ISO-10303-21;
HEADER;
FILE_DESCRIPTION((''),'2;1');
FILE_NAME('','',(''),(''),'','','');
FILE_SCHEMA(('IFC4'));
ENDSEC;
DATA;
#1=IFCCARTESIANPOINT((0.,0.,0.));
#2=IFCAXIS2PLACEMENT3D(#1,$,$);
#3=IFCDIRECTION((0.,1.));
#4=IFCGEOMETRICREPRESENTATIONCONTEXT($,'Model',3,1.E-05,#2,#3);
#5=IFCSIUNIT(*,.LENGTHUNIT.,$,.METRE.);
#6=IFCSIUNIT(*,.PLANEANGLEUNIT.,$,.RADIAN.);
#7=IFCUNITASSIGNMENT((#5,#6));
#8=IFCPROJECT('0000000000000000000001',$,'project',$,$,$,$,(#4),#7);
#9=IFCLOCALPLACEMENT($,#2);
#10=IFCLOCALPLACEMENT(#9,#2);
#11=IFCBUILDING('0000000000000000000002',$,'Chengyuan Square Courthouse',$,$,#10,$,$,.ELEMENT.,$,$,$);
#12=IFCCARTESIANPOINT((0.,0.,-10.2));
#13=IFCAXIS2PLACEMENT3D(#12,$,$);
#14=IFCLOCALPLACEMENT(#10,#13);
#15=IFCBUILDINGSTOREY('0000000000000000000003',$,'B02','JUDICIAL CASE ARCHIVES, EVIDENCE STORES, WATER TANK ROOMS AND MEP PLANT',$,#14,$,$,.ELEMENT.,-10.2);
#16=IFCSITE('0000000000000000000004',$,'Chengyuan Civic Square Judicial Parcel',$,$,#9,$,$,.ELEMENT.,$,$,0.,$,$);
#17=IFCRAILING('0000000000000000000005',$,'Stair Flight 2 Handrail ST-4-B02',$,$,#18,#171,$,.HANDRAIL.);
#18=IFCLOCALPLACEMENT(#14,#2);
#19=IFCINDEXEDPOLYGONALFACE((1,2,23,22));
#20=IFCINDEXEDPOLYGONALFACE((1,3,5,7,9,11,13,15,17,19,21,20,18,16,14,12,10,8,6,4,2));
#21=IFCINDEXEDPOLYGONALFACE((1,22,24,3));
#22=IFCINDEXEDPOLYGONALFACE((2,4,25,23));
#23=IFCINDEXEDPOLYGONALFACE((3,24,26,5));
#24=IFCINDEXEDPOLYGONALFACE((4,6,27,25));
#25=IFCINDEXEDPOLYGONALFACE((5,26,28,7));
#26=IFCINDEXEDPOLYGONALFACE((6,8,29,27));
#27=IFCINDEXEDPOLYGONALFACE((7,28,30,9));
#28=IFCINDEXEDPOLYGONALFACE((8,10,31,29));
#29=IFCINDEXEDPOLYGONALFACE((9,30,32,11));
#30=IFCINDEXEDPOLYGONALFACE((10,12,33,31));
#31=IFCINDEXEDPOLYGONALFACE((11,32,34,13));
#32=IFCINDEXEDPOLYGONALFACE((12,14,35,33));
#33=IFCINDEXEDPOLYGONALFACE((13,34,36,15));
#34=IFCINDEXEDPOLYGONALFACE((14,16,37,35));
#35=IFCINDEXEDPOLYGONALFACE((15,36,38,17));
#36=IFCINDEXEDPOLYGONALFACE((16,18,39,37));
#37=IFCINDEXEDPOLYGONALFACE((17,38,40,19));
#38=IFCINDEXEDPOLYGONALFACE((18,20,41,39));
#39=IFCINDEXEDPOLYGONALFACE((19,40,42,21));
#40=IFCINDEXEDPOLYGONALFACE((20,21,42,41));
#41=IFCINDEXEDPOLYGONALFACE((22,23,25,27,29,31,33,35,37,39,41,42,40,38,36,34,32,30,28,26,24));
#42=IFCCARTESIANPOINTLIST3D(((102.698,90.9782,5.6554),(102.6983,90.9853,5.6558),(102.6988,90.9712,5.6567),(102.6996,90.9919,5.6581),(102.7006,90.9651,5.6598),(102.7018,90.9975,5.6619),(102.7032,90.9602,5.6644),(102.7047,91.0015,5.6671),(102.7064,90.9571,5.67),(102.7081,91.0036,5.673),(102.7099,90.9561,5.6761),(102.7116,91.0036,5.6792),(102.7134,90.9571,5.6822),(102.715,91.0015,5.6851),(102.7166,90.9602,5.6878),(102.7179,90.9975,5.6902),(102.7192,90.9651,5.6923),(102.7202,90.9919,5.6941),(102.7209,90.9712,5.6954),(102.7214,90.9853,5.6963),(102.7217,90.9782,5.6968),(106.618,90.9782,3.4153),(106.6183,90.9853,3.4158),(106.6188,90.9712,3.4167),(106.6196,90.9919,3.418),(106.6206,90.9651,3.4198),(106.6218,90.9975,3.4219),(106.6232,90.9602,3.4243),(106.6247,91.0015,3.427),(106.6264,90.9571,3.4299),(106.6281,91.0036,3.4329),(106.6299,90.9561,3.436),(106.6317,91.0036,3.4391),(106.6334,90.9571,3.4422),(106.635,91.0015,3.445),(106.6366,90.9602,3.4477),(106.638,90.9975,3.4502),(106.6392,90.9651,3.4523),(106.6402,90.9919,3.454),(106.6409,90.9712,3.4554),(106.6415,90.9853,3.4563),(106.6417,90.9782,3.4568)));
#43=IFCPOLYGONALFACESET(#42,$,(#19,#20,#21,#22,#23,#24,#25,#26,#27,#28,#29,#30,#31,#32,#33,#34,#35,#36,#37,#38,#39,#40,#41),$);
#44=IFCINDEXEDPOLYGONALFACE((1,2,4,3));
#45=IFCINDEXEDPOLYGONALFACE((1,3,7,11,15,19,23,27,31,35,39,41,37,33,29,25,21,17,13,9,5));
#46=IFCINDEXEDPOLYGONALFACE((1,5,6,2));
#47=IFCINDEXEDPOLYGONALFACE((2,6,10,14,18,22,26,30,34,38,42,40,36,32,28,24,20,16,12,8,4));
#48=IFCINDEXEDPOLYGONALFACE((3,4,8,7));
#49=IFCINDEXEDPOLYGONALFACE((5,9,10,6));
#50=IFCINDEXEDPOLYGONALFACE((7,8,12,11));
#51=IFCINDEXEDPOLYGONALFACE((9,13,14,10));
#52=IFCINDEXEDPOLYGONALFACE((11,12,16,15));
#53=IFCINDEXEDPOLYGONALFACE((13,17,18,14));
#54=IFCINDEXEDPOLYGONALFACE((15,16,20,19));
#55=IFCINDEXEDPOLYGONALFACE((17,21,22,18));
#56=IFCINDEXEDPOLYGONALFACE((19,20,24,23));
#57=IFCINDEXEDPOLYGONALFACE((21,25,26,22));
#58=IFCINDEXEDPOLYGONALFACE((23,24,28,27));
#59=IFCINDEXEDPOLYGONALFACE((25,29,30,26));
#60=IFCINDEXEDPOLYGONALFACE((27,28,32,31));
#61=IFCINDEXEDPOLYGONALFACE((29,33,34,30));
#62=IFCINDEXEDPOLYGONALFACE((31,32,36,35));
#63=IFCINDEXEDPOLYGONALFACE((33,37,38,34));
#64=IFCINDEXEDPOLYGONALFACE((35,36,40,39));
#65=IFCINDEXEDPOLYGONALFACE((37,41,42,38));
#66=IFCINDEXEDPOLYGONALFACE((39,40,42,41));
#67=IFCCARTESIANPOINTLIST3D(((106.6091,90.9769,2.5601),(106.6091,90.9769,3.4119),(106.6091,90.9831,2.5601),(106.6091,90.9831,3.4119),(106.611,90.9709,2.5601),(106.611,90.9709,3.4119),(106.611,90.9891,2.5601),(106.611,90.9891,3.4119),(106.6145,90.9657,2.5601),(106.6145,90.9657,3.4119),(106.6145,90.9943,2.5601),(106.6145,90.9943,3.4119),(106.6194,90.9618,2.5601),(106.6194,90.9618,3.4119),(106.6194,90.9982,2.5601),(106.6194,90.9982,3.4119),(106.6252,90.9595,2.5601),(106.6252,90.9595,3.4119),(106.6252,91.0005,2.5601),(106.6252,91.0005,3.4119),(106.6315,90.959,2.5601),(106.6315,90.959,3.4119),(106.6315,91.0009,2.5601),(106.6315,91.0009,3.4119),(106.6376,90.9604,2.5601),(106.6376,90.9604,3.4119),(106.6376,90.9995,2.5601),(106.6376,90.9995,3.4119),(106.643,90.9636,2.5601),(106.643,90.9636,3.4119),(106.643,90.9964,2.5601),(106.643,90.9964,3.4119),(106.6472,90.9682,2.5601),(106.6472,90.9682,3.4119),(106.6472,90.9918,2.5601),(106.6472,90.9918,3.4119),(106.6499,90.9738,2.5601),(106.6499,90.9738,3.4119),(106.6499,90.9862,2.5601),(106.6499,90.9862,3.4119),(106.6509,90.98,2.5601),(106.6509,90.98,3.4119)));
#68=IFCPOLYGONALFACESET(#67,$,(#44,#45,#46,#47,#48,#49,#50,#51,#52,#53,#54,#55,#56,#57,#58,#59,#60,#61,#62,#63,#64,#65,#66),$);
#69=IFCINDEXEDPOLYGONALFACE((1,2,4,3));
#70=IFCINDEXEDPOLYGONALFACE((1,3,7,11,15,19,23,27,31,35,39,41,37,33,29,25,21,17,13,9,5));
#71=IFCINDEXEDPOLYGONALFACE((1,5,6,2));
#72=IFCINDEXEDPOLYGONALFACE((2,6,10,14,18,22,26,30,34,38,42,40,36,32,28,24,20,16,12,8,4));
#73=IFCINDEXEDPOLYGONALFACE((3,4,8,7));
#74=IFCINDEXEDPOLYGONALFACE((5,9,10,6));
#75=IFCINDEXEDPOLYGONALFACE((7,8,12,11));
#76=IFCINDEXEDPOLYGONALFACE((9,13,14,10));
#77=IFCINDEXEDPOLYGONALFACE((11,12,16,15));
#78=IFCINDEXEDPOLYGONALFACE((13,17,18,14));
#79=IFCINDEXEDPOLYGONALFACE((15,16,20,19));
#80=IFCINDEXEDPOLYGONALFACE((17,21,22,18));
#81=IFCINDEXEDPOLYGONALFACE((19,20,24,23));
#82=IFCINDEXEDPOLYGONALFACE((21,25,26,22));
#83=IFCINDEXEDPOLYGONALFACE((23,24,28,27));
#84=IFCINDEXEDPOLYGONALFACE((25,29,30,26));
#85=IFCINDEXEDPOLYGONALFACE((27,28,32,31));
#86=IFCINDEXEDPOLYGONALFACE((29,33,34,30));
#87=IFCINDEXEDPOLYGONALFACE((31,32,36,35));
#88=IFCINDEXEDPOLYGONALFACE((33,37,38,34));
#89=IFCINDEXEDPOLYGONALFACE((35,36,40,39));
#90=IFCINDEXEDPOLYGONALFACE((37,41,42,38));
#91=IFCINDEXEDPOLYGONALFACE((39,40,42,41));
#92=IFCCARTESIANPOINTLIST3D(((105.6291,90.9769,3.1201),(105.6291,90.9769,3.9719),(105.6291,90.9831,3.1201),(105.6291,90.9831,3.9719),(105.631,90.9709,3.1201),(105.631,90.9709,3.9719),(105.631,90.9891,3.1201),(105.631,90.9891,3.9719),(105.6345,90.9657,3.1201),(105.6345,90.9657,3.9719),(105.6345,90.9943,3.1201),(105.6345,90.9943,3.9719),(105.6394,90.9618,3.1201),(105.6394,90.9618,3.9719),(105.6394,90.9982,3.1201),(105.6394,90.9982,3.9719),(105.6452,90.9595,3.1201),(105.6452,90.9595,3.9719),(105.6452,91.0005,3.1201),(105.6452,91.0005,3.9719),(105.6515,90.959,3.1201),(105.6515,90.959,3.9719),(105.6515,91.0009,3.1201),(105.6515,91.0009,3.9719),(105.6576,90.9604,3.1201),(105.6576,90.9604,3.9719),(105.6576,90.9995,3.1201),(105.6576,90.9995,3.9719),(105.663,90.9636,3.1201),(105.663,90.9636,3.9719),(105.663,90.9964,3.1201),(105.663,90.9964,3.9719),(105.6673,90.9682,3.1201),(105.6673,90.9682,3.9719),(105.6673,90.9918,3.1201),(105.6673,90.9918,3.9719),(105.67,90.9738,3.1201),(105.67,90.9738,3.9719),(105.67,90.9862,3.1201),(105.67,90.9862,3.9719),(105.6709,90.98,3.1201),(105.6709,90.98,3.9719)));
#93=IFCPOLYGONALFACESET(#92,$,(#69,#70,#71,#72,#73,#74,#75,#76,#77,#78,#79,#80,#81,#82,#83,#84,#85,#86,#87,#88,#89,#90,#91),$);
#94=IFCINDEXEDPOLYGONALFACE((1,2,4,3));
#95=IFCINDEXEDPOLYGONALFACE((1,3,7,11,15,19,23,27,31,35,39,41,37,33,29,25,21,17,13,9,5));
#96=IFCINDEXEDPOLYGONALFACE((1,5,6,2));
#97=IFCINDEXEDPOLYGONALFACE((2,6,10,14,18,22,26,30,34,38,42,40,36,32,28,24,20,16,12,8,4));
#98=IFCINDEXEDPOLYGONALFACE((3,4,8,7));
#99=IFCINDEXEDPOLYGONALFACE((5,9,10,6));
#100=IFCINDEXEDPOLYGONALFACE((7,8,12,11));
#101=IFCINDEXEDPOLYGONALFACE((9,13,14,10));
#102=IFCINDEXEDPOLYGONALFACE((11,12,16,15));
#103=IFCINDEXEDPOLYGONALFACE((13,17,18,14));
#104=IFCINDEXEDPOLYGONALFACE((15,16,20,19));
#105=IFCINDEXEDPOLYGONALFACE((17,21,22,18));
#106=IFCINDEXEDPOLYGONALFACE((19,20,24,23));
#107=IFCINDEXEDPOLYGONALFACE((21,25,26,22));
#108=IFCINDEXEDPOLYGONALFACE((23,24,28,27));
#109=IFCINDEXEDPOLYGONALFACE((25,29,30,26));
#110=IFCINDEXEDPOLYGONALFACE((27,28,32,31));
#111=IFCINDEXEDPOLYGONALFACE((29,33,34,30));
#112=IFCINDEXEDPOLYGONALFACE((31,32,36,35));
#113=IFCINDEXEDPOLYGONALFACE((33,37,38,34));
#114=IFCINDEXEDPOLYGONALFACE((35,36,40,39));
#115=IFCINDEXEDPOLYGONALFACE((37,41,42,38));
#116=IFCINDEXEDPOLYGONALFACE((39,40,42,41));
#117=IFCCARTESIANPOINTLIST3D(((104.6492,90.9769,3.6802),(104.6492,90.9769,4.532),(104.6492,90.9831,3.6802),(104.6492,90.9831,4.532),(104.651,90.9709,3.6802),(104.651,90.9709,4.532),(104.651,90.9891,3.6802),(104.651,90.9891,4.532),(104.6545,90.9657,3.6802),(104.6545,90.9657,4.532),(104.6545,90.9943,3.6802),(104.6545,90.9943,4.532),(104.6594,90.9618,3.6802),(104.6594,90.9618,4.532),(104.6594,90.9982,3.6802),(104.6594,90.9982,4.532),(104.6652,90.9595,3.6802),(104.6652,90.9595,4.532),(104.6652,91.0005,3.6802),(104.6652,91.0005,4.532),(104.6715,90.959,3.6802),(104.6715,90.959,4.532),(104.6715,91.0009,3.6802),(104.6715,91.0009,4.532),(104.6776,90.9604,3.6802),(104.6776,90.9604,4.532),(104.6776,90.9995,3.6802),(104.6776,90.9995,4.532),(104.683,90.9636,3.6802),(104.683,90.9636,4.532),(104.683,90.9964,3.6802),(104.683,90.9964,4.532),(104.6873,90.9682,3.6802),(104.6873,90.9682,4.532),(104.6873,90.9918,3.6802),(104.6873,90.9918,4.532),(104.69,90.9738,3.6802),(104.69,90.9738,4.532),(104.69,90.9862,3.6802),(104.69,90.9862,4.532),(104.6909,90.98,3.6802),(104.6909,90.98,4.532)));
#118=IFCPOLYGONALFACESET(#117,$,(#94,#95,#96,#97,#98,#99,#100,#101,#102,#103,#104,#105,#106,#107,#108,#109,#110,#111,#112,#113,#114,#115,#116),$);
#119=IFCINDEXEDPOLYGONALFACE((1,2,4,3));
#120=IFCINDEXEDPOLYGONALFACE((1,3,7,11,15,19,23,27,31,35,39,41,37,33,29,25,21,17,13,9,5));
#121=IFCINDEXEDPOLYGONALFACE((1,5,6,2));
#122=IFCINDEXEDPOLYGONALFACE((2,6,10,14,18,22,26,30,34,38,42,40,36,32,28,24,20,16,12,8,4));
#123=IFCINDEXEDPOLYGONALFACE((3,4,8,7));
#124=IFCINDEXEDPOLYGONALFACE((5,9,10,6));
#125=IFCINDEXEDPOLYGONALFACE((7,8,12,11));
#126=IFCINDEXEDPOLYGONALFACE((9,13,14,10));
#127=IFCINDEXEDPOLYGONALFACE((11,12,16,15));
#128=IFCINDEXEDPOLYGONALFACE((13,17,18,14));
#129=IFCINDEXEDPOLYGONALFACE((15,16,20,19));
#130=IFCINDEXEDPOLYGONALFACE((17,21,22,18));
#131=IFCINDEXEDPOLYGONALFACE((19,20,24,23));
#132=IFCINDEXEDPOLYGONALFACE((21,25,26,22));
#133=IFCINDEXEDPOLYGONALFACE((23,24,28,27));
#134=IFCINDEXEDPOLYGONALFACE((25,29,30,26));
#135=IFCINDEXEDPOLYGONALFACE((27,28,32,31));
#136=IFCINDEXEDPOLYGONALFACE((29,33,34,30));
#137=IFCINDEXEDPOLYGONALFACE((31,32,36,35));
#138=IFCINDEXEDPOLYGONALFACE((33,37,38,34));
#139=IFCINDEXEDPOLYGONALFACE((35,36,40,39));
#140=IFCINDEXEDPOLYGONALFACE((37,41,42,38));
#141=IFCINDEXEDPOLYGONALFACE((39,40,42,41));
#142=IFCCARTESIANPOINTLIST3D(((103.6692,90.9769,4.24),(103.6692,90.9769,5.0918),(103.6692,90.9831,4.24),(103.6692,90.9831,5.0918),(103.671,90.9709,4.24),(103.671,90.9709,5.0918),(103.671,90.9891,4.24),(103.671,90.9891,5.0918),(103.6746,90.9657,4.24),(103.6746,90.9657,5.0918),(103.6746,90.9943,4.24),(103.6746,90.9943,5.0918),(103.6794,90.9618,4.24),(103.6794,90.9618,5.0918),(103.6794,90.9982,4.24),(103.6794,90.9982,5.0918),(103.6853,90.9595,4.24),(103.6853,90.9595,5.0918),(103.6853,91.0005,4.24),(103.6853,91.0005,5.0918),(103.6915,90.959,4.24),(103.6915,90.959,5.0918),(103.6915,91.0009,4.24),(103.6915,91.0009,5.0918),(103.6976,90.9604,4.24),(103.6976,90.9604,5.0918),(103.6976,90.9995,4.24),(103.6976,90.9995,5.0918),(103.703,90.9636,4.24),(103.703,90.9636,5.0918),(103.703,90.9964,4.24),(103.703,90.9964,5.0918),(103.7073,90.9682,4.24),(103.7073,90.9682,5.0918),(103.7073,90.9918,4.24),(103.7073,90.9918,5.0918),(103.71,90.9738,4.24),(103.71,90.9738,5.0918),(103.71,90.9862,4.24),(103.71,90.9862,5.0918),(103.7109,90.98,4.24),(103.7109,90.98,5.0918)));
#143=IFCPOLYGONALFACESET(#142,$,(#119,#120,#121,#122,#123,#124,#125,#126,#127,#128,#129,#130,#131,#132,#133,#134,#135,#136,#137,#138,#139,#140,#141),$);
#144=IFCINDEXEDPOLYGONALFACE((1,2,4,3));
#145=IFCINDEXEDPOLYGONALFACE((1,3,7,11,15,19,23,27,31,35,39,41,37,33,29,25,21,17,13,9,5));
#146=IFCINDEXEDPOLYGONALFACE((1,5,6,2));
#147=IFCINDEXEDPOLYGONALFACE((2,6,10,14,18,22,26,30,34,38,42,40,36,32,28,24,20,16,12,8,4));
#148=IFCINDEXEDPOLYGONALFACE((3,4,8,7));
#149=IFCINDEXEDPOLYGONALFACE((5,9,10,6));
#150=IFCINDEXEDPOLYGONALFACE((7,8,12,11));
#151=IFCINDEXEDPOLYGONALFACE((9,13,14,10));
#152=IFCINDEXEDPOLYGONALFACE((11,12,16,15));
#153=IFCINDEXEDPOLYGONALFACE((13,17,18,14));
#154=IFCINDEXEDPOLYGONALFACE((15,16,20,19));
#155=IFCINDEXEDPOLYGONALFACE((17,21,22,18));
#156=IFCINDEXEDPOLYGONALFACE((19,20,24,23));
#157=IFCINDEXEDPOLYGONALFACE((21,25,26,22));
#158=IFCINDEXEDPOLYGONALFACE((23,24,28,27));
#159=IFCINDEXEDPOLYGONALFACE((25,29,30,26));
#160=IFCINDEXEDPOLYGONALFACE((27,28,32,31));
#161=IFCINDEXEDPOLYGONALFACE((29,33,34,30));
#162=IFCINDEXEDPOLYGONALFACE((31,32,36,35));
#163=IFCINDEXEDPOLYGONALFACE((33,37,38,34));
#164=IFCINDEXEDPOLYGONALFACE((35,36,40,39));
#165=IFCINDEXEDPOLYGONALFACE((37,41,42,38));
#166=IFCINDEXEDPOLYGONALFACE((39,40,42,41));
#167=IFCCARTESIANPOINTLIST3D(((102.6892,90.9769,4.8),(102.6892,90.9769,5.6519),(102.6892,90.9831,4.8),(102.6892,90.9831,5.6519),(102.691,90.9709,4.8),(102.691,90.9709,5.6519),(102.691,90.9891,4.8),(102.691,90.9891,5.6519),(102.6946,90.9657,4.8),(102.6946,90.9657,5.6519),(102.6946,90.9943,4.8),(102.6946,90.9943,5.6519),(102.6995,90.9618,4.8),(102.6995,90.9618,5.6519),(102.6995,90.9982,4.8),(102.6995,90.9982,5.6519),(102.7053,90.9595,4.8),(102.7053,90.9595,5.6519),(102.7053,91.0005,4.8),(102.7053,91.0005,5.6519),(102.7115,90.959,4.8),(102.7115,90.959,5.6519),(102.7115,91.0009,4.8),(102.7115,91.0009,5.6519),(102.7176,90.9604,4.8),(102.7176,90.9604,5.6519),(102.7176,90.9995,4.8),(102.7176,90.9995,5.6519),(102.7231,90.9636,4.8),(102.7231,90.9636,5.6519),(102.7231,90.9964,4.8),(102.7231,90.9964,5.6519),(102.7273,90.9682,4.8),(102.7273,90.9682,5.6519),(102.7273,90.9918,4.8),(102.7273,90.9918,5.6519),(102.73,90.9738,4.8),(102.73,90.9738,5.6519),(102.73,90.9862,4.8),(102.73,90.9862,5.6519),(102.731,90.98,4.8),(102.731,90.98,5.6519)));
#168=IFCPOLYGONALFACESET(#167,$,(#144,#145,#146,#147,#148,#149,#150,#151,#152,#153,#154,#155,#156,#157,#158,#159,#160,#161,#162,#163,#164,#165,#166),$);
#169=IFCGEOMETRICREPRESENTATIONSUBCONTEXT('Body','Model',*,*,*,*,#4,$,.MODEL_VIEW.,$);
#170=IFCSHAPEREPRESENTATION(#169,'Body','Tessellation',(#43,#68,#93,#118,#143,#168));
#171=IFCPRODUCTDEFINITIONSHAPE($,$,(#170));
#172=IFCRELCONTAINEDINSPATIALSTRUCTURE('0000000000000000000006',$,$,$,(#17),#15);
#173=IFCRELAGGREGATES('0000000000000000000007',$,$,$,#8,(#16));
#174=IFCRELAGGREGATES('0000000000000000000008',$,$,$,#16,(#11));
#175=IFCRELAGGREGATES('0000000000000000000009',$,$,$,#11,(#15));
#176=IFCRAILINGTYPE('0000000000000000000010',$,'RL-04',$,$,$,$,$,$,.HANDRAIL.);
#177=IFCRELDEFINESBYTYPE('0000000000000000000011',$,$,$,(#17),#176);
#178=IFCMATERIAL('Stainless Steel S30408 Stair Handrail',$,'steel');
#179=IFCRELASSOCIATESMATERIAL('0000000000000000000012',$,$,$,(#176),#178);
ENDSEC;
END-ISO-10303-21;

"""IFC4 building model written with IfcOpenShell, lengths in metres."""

from ifc_helpers import new_model, si_unit, direction, frame, origin, origin_2d, place, context, subcontext, project, spatial, circle, extrude, material, type_object, element, save


model = new_model("IFC4")

# Units and contexts
model_context = context("Model", 3, precision=1e-05, world=origin(), true_north=direction((0.0, 1.0)))
body_context = subcontext(model_context, "Body", "Model", "MODEL_VIEW")
ifc_project = project(units=[si_unit("LENGTHUNIT", "METRE"), si_unit("PLANEANGLEUNIT", "RADIAN")], contexts=[model_context])

# Site, building, storey
site_placement = place(None, origin())
site = spatial("IfcSite", under=ifc_project, at=site_placement, Name="Chengyuan Civic Square Judicial Parcel", CompositionType="ELEMENT", RefElevation=0.0)
building_placement = place(site_placement, origin())
building = spatial("IfcBuilding", under=site, at=building_placement, Name="Chengyuan Square Courthouse", CompositionType="ELEMENT")
storey_placement = place(building_placement, frame((0.0, 0.0, -10.2)))
storey = spatial("IfcBuildingStorey", under=building, at=storey_placement, Name="B02", Description="JUDICIAL CASE ARCHIVES, EVIDENCE STORES, WATER TANK ROOMS AND MEP PLANT", CompositionType="ELEMENT", Elevation=-10.2)

# Railing
ifc_material_1 = material(Name="Stainless Steel S30408 Stair Handrail", Category="steel")
railing_type_1 = type_object("IfcRailingType", Name="RL-04", PredefinedType="HANDRAIL", material=ifc_material_1)
railing_1_placement = place(storey_placement, frame((106.6299, 90.98, 2.5601)))
element("IfcRailing", 1, at=railing_1_placement, inside=storey, type_object=railing_type_1, Name="Stair Flight 2 Handrail ST-4-B02", PredefinedType="HANDRAIL", context=body_context, shape_type="SweptSolid", body=[
    extrude(circle(Radius=0.0239, at=origin_2d()), frame((0.0, 0.0, 0.876), z_axis=(-0.86824, 0.0, 0.496145), x_axis=(0.0, -1.0, 0.0)), (0.0, 0.0, 1.0), 4.5149),
    extrude(circle(Radius=0.021, at=origin_2d()), origin(), (0.0, 0.0, 1.0), 0.8518),
    extrude(circle(Radius=0.021, at=origin_2d()), frame((-0.98, 0.0, 0.5601)), (0.0, 0.0, 1.0), 0.8518),
    extrude(circle(Radius=0.021, at=origin_2d()), frame((-1.96, 0.0, 1.1201)), (0.0, 0.0, 1.0), 0.8518),
    extrude(circle(Radius=0.021, at=origin_2d()), frame((-2.9399, 0.0, 1.6799)), (0.0, 0.0, 1.0), 0.8518),
    extrude(circle(Radius=0.021, at=origin_2d()), frame((-3.9199, 0.0, 2.24)), (0.0, 0.0, 1.0), 0.8518),
])

save(model, "model.ifc")
